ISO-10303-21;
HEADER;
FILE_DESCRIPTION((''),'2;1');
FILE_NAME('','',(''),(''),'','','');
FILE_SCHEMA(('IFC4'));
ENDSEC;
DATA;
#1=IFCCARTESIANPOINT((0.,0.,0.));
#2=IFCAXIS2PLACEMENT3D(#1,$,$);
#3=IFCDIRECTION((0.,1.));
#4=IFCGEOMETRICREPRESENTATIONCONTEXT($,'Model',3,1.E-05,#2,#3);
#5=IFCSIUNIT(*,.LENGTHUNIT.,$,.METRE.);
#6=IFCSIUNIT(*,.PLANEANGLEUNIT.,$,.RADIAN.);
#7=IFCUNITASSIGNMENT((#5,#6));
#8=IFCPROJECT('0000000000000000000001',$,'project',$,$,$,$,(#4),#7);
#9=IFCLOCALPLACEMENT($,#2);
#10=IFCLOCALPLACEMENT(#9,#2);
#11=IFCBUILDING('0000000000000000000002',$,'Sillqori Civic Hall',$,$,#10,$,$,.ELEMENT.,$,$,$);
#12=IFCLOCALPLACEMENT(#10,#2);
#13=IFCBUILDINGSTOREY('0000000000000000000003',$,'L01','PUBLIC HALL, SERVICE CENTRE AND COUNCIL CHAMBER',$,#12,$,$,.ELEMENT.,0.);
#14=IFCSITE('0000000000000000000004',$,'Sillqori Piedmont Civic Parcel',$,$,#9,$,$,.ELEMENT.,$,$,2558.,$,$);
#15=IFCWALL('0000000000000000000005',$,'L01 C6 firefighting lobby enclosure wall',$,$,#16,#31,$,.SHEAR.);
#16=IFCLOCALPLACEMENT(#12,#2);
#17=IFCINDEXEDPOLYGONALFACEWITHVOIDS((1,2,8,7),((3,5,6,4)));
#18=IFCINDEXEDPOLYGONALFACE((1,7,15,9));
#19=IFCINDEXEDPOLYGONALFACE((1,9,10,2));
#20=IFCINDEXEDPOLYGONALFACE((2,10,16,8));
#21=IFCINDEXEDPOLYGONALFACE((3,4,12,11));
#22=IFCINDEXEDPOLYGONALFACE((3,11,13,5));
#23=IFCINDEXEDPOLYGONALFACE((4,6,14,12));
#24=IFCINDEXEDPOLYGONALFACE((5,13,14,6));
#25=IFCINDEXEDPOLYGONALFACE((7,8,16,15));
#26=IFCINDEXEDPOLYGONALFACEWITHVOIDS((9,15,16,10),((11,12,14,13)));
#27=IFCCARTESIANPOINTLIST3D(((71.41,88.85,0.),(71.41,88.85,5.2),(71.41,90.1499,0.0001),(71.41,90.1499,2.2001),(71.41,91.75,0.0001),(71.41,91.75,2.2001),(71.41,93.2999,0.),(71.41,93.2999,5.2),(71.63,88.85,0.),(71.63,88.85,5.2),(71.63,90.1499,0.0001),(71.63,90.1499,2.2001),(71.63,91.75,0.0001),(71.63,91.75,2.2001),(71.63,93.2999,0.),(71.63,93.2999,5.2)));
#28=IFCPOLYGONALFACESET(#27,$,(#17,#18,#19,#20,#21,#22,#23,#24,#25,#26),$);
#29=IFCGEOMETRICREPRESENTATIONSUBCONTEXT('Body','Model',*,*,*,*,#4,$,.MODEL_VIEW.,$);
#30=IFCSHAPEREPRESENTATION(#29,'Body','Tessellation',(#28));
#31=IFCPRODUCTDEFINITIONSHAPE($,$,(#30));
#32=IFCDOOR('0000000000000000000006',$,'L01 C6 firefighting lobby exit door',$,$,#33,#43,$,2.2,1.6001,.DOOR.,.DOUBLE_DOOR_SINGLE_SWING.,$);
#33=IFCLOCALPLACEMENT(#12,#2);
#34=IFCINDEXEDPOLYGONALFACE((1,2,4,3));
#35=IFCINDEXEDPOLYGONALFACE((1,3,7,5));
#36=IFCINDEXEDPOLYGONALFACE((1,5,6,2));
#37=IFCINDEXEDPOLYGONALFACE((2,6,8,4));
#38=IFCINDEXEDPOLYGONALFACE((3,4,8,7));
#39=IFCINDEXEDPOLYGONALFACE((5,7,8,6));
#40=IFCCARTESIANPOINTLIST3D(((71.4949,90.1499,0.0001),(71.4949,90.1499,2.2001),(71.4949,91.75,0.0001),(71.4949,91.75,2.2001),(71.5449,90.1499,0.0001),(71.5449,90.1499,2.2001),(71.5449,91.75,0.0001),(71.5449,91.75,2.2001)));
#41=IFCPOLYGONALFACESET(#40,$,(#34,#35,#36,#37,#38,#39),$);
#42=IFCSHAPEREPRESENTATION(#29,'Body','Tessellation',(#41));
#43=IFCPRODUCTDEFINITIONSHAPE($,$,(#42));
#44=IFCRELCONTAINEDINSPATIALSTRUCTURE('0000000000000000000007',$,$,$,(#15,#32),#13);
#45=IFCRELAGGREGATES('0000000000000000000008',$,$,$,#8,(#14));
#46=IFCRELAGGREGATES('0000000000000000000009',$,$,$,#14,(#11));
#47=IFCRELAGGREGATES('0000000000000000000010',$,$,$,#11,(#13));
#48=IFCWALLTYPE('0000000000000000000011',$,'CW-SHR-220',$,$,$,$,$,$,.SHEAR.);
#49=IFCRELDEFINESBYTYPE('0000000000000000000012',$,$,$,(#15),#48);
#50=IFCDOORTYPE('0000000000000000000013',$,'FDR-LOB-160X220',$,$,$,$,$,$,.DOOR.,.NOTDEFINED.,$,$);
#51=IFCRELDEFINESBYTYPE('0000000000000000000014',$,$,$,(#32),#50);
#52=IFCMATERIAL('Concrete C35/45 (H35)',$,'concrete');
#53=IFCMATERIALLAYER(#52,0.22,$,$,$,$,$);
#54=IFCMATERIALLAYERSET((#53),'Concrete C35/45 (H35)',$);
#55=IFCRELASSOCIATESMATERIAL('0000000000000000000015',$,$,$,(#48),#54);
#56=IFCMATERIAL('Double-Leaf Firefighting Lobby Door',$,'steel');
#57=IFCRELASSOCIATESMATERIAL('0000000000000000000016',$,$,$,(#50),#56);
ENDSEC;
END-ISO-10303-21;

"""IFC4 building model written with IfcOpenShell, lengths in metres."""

from ifc_helpers import new_model, si_unit, direction, frame, frame_2d, origin, place, context, subcontext, project, spatial, rectangle, extrude, material, layer, layer_set, type_object, element, fill, save


model = new_model("IFC4")

# Units and contexts
model_context = context("Model", 3, precision=1e-05, world=origin(), true_north=direction((0.0, 1.0)))
body_context = subcontext(model_context, "Body", "Model", "MODEL_VIEW")
ifc_project = project(units=[si_unit("LENGTHUNIT", "METRE"), si_unit("PLANEANGLEUNIT", "RADIAN")], contexts=[model_context])

# Site, building, storey
site_placement = place(None, origin())
site = spatial("IfcSite", under=ifc_project, at=site_placement, Name="Sillqori Piedmont Civic Parcel", CompositionType="ELEMENT", RefElevation=2558.0)
building_placement = place(site_placement, origin())
building = spatial("IfcBuilding", under=site, at=building_placement, Name="Sillqori Civic Hall", CompositionType="ELEMENT")
storey_placement = place(building_placement, origin())
storey = spatial("IfcBuildingStorey", under=building, at=storey_placement, Name="L01", Description="PUBLIC HALL, SERVICE CENTRE AND COUNCIL CHAMBER", CompositionType="ELEMENT", Elevation=0.0)

# Shared definitions
ifc_material_1 = material(Name="Concrete C35/45 (H35)", Category="concrete")

# Wall, opening, door
ifc_layer_1 = layer(ifc_material_1, 0.22)
ifc_layer_set_1 = layer_set([ifc_layer_1], Name="Concrete C35/45 (H35)")
wall_type = type_object("IfcWallType", Name="CW-SHR-220", PredefinedType="SHEAR", material=ifc_layer_set_1)
wall_placement = place(storey_placement, frame((71.52, 93.3, 0.0), z_axis=(0.0, 0.0, 1.0), x_axis=(0.0, -1.0, 0.0)))
wall = element("IfcWall", 1, at=wall_placement, inside=storey, type_object=wall_type, Name="L01 C6 firefighting lobby enclosure wall", PredefinedType="SHEAR", context=body_context, shape_type="SweptSolid", body=[
    extrude(rectangle(XDim=4.45, YDim=0.22, at=frame_2d((2.2251, 0.0))), origin(), (0.0, 0.0, 1.0), 5.2),
])
opening_placement = place(wall_placement, frame((1.55, 0.0, 0.0)))
opening = element("IfcOpeningElement", 2, at=opening_placement, cuts=wall, PredefinedType="OPENING", context=body_context, shape_type="SweptSolid", body=[
    extrude(rectangle(XDim=1.6001, YDim=2.2, at=frame_2d((0.8, 1.1001))), frame((0.0, 0.1199, 0.0), z_axis=(0.0, -1.0, 0.0), x_axis=(1.0, 0.0, 0.0)), (0.0, 0.0, 1.0), 0.24),
])
ifc_material_2 = material(Name="Double-Leaf Firefighting Lobby Door", Category="steel")
door_type = type_object("IfcDoorType", Name="FDR-LOB-160X220", OperationType="NOTDEFINED", PredefinedType="DOOR", material=ifc_material_2)
door_placement = place(opening_placement, origin())
door = element("IfcDoor", 3, at=door_placement, inside=storey, type_object=door_type, Name="L01 C6 firefighting lobby exit door", OperationType="DOUBLE_DOOR_SINGLE_SWING", OverallHeight=2.2, OverallWidth=1.6001, PredefinedType="DOOR", context=body_context, shape_type="SweptSolid", body=[
    extrude(rectangle(XDim=1.6001, YDim=2.2, at=frame_2d((0.8, 1.1001))), frame((0.0, 0.0249, 0.0), z_axis=(0.0, -1.0, 0.0), x_axis=(1.0, 0.0, 0.0)), (0.0, 0.0, 1.0), 0.05),
])
fill(opening, door)

save(model, "model.ifc")
